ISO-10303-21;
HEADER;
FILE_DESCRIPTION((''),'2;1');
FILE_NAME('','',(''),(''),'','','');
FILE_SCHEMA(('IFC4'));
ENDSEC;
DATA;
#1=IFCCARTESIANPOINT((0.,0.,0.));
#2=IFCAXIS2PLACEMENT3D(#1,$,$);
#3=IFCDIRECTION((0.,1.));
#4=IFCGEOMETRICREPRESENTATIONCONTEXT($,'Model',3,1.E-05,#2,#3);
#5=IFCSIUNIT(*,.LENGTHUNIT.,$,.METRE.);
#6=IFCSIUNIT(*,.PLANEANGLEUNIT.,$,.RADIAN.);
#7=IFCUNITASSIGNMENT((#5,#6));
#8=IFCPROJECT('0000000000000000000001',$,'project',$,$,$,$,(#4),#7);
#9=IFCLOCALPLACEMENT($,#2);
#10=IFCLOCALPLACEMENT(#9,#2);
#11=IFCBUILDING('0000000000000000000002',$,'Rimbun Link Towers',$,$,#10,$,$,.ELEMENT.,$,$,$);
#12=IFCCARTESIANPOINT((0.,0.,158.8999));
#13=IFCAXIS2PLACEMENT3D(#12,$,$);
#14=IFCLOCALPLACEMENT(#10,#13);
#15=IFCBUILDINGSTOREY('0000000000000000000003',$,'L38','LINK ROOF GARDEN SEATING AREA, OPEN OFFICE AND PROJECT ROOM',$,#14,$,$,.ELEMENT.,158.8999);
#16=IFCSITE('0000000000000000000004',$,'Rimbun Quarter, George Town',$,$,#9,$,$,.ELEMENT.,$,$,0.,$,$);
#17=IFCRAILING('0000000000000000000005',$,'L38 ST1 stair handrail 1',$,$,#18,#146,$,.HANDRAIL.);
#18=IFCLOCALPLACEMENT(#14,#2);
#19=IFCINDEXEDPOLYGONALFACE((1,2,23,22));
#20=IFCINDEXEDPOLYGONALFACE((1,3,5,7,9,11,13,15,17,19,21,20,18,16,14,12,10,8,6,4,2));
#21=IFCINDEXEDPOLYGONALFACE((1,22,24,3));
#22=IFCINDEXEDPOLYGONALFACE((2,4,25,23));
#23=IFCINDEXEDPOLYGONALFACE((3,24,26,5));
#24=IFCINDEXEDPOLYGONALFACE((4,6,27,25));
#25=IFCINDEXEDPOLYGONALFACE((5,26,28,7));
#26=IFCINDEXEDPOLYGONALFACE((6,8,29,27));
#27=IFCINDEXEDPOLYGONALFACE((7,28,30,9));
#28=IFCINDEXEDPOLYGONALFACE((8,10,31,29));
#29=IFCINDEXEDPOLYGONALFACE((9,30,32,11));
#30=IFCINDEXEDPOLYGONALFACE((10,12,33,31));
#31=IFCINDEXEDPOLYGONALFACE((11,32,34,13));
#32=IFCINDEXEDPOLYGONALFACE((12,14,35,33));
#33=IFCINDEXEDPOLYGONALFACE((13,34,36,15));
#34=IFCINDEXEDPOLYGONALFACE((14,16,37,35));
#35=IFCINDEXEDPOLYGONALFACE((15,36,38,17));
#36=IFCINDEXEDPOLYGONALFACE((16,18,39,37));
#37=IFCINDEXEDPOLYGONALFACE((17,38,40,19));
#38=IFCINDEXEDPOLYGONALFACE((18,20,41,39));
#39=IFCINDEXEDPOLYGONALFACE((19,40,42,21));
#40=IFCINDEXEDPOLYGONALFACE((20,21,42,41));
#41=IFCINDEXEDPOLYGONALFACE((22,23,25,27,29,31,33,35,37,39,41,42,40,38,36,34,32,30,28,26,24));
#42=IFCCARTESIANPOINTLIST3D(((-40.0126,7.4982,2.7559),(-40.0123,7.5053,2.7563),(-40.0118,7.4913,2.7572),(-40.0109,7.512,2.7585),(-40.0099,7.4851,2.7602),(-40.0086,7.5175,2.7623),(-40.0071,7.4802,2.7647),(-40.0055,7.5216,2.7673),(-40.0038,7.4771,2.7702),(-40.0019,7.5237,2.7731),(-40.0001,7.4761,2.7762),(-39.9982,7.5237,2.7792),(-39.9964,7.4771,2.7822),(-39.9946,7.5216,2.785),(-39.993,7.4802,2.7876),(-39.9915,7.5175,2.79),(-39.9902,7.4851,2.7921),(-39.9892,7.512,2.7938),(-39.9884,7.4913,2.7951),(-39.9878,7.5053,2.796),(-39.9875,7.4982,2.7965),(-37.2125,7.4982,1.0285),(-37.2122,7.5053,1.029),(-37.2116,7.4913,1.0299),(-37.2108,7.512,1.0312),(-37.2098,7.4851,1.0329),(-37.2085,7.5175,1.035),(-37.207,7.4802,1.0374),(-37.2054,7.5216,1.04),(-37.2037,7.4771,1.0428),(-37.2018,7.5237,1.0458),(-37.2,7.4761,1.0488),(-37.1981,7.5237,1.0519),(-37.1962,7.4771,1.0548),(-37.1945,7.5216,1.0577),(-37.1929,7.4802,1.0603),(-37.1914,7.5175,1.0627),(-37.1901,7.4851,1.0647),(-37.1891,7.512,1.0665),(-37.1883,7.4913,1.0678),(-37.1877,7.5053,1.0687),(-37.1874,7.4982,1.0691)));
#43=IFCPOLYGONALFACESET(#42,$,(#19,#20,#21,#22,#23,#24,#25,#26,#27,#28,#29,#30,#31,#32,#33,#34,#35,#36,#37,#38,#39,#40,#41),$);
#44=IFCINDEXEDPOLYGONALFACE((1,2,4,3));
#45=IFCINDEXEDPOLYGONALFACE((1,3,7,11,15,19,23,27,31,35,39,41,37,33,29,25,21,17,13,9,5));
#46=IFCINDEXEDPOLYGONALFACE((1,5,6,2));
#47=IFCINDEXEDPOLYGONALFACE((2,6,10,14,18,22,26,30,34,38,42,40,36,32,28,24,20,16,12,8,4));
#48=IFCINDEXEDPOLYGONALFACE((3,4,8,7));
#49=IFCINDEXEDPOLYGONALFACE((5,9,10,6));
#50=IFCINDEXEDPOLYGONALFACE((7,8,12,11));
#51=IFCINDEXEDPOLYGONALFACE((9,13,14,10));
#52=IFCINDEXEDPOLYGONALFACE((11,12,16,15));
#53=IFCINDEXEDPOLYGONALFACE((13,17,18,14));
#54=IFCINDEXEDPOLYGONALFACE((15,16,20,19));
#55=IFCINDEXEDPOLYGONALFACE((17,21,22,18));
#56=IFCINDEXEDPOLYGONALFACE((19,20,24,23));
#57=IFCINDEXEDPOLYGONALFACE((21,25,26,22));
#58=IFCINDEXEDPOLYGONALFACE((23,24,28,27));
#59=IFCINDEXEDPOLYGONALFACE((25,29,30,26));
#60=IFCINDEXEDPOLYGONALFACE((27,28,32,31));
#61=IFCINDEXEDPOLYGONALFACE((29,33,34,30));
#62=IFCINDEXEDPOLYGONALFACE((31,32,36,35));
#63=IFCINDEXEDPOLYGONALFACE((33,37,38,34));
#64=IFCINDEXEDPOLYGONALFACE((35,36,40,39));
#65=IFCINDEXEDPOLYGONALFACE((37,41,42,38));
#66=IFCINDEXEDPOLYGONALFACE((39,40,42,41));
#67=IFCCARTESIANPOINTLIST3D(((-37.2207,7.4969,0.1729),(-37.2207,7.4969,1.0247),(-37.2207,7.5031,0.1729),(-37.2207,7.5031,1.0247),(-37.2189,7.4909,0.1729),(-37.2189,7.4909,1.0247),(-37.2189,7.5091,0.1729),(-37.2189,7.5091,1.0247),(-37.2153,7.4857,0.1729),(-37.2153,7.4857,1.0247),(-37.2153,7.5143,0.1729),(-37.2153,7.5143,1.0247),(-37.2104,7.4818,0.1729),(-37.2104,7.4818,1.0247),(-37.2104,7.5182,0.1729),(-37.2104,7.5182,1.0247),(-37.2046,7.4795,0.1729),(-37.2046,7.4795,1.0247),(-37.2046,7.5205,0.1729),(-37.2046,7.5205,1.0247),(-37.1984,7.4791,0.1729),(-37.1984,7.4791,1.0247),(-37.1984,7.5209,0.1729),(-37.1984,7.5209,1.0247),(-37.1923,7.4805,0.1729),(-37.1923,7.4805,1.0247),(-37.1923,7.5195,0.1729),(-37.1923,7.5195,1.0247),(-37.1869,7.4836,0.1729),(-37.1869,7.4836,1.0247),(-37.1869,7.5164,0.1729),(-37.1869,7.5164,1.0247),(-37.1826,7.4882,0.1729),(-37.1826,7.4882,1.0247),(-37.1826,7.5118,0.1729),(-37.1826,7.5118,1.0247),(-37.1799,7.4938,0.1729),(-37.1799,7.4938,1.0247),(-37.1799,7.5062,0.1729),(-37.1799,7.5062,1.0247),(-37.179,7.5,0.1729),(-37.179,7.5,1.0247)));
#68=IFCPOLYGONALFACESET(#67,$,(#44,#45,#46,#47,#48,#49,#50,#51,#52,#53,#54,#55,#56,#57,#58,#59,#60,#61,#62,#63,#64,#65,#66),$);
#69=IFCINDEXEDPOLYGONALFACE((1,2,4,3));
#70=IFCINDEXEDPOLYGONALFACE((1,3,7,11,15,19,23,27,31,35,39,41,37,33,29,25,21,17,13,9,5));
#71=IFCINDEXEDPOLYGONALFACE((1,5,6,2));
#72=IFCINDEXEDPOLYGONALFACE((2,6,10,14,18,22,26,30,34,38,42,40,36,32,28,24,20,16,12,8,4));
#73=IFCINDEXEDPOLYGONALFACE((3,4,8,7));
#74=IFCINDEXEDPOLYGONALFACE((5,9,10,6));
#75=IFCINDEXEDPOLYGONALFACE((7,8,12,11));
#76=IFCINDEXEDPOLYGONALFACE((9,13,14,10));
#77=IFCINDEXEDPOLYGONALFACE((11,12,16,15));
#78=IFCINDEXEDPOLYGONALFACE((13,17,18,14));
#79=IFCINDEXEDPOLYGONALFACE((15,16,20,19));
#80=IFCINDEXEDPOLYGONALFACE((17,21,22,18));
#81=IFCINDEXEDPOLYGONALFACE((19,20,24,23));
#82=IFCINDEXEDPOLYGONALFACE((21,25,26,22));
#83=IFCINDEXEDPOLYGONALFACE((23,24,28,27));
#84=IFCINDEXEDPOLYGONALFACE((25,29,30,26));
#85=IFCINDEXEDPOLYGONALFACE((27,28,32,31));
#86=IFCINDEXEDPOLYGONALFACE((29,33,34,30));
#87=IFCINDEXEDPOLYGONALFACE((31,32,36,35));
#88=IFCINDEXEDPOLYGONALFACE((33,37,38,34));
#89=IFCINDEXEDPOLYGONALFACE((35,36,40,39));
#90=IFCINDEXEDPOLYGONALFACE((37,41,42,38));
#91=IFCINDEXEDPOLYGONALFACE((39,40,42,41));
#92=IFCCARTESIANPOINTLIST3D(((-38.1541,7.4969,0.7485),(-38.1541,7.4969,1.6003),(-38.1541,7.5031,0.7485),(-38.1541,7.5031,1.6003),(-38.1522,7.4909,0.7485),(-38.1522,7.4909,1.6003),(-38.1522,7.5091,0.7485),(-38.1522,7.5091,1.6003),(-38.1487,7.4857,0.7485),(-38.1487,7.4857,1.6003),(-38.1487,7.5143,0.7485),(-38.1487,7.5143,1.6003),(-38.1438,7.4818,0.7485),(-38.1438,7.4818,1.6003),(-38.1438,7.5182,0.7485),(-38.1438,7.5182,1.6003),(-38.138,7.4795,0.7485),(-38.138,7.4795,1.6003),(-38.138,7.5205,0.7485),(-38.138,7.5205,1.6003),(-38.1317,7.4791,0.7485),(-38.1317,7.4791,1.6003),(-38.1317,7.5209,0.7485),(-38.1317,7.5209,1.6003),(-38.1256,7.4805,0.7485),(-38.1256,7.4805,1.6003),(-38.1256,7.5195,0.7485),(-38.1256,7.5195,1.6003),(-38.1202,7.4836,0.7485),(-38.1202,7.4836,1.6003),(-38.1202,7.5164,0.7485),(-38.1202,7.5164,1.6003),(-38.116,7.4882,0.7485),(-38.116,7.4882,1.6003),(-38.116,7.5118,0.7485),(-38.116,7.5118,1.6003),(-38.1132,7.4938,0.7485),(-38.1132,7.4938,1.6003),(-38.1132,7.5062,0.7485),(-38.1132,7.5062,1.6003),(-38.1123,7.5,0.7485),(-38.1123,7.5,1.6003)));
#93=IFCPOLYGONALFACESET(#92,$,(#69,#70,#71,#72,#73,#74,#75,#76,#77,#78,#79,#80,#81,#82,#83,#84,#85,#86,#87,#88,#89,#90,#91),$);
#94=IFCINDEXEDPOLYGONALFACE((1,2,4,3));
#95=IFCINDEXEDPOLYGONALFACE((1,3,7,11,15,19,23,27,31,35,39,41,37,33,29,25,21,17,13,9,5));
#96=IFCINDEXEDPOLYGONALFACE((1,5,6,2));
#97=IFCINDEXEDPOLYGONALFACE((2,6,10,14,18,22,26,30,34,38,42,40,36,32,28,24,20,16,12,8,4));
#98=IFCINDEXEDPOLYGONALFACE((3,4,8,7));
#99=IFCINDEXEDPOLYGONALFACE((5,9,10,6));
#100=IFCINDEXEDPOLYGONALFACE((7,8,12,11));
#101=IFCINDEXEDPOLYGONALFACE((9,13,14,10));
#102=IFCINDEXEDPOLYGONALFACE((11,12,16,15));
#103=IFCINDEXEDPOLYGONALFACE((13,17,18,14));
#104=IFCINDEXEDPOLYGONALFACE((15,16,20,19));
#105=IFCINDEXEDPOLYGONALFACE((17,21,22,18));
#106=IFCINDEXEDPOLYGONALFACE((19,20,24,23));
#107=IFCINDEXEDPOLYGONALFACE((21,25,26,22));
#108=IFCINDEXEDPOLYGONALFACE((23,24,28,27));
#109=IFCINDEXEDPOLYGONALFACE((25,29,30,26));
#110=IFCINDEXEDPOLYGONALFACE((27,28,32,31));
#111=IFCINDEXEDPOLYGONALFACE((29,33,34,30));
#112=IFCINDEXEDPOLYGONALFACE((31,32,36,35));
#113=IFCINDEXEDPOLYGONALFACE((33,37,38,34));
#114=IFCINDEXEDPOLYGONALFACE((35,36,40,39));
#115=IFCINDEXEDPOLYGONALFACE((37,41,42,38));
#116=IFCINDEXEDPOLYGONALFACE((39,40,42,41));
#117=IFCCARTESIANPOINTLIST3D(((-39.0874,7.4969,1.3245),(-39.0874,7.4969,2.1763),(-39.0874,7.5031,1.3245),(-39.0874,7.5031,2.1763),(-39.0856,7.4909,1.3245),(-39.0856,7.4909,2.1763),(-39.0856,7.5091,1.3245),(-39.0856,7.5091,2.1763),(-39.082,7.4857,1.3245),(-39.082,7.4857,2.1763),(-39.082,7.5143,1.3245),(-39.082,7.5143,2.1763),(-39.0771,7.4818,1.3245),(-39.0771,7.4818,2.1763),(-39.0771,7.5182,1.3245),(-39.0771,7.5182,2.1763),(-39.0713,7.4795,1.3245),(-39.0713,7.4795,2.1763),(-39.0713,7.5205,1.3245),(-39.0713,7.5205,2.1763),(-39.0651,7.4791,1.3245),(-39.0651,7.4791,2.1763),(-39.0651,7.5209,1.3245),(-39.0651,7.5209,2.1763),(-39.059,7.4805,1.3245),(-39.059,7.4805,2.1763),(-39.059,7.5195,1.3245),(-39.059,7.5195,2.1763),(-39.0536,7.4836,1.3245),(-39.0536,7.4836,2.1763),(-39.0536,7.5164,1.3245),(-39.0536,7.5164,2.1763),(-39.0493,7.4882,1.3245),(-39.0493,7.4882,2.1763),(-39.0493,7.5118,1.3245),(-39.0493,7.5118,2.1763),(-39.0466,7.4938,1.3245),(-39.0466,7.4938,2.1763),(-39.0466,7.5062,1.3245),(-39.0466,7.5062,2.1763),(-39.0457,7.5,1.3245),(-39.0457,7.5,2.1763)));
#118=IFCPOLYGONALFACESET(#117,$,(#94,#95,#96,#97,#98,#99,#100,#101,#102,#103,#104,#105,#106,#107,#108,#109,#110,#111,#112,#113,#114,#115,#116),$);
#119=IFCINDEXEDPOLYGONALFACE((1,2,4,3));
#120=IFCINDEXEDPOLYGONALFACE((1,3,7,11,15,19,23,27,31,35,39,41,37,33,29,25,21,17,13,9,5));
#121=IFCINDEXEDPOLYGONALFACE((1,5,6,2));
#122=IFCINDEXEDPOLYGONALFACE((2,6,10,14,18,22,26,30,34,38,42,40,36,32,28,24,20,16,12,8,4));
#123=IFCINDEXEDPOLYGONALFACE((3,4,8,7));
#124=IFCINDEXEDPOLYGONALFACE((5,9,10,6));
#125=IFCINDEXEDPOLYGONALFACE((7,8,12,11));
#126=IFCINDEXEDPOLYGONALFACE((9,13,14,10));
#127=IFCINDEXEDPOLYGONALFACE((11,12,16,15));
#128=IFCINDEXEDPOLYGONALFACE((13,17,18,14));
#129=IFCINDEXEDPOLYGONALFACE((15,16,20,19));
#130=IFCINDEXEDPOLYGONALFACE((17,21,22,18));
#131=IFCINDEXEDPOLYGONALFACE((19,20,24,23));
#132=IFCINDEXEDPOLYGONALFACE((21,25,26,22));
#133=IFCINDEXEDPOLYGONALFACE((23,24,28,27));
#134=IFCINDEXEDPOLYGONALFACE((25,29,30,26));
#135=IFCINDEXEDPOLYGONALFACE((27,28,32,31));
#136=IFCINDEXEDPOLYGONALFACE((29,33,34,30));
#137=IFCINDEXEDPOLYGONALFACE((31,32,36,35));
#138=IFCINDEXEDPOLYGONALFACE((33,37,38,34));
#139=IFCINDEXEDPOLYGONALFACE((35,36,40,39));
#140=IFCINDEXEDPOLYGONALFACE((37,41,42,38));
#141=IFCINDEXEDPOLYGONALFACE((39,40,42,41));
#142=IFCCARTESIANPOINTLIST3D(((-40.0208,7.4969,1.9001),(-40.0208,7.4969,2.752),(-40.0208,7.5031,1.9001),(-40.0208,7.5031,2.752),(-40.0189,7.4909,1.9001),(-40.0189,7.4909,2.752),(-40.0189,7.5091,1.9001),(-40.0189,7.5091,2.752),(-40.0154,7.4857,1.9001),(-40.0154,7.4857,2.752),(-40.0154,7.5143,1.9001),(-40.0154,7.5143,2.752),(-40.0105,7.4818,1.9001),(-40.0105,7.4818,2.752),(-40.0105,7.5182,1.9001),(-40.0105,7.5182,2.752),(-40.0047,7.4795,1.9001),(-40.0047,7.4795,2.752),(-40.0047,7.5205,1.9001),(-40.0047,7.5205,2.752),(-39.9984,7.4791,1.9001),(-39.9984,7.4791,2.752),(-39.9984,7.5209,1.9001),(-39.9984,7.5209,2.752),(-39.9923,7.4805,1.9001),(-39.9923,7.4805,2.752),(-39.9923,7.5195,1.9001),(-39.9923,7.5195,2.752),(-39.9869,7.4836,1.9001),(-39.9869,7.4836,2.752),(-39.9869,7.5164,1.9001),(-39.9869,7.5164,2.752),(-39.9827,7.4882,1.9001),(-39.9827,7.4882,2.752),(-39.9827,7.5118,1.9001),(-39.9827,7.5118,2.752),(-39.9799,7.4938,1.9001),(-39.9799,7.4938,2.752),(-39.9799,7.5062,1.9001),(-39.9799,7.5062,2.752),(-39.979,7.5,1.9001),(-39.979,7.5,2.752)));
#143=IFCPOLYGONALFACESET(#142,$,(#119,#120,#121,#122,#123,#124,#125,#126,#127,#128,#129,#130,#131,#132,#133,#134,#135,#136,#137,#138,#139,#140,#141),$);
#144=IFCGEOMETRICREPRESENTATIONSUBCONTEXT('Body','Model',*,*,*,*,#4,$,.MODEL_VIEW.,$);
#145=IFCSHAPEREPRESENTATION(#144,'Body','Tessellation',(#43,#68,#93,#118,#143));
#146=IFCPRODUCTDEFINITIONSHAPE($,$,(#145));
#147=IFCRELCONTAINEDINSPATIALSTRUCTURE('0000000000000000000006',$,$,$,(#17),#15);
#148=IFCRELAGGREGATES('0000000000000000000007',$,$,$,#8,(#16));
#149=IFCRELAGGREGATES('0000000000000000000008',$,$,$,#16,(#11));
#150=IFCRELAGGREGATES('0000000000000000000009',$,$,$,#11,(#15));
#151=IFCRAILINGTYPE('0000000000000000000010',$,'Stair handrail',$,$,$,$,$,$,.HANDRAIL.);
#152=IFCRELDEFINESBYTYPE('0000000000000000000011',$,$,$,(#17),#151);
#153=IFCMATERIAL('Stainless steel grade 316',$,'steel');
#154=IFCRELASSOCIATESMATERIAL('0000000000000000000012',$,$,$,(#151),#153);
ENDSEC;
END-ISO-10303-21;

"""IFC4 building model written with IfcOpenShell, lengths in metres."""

from ifc_helpers import new_model, si_unit, direction, frame, origin, origin_2d, place, context, subcontext, project, spatial, circle, extrude, material, type_object, element, save


model = new_model("IFC4")

# Units and contexts
model_context = context("Model", 3, precision=1e-05, world=origin(), true_north=direction((0.0, 1.0)))
body_context = subcontext(model_context, "Body", "Model", "MODEL_VIEW")
ifc_project = project(units=[si_unit("LENGTHUNIT", "METRE"), si_unit("PLANEANGLEUNIT", "RADIAN")], contexts=[model_context])

# Site, building, storey
site_placement = place(None, origin())
site = spatial("IfcSite", under=ifc_project, at=site_placement, Name="Rimbun Quarter, George Town", CompositionType="ELEMENT", RefElevation=0.0)
building_placement = place(site_placement, origin())
building = spatial("IfcBuilding", under=site, at=building_placement, Name="Rimbun Link Towers", CompositionType="ELEMENT")
storey_placement = place(building_placement, frame((0.0, 0.0, 158.8999)))
storey = spatial("IfcBuildingStorey", under=building, at=storey_placement, Name="L38", Description="LINK ROOF GARDEN SEATING AREA, OPEN OFFICE AND PROJECT ROOM", CompositionType="ELEMENT", Elevation=158.8999)

# Railing
ifc_material_1 = material(Name="Stainless steel grade 316", Category="steel")
railing_type_1 = type_object("IfcRailingType", Name="Stair handrail", PredefinedType="HANDRAIL", material=ifc_material_1)
railing_1_placement = place(storey_placement, frame((-37.2, 7.5, 0.1729)))
element("IfcRailing", 1, at=railing_1_placement, inside=storey, type_object=railing_type_1, Name="L38 ST1 stair handrail 1", PredefinedType="HANDRAIL", context=body_context, shape_type="SweptSolid", body=[
    extrude(circle(Radius=0.0239, at=origin_2d()), frame((0.0, 0.0, 0.876), z_axis=(-0.85109, 0.0, 0.52502), x_axis=(0.0, -1.0, 0.0)), (0.0, 0.0, 1.0), 3.29),
    extrude(circle(Radius=0.021, at=origin_2d()), origin(), (0.0, 0.0, 1.0), 0.8518),
    extrude(circle(Radius=0.021, at=origin_2d()), frame((-0.9333, 0.0, 0.5757)), (0.0, 0.0, 1.0), 0.8518),
    extrude(circle(Radius=0.021, at=origin_2d()), frame((-1.8667, 0.0, 1.1516)), (0.0, 0.0, 1.0), 0.8518),
    extrude(circle(Radius=0.021, at=origin_2d()), frame((-2.8, 0.0, 1.7273)), (0.0, 0.0, 1.0), 0.8518),
])

save(model, "model.ifc")
